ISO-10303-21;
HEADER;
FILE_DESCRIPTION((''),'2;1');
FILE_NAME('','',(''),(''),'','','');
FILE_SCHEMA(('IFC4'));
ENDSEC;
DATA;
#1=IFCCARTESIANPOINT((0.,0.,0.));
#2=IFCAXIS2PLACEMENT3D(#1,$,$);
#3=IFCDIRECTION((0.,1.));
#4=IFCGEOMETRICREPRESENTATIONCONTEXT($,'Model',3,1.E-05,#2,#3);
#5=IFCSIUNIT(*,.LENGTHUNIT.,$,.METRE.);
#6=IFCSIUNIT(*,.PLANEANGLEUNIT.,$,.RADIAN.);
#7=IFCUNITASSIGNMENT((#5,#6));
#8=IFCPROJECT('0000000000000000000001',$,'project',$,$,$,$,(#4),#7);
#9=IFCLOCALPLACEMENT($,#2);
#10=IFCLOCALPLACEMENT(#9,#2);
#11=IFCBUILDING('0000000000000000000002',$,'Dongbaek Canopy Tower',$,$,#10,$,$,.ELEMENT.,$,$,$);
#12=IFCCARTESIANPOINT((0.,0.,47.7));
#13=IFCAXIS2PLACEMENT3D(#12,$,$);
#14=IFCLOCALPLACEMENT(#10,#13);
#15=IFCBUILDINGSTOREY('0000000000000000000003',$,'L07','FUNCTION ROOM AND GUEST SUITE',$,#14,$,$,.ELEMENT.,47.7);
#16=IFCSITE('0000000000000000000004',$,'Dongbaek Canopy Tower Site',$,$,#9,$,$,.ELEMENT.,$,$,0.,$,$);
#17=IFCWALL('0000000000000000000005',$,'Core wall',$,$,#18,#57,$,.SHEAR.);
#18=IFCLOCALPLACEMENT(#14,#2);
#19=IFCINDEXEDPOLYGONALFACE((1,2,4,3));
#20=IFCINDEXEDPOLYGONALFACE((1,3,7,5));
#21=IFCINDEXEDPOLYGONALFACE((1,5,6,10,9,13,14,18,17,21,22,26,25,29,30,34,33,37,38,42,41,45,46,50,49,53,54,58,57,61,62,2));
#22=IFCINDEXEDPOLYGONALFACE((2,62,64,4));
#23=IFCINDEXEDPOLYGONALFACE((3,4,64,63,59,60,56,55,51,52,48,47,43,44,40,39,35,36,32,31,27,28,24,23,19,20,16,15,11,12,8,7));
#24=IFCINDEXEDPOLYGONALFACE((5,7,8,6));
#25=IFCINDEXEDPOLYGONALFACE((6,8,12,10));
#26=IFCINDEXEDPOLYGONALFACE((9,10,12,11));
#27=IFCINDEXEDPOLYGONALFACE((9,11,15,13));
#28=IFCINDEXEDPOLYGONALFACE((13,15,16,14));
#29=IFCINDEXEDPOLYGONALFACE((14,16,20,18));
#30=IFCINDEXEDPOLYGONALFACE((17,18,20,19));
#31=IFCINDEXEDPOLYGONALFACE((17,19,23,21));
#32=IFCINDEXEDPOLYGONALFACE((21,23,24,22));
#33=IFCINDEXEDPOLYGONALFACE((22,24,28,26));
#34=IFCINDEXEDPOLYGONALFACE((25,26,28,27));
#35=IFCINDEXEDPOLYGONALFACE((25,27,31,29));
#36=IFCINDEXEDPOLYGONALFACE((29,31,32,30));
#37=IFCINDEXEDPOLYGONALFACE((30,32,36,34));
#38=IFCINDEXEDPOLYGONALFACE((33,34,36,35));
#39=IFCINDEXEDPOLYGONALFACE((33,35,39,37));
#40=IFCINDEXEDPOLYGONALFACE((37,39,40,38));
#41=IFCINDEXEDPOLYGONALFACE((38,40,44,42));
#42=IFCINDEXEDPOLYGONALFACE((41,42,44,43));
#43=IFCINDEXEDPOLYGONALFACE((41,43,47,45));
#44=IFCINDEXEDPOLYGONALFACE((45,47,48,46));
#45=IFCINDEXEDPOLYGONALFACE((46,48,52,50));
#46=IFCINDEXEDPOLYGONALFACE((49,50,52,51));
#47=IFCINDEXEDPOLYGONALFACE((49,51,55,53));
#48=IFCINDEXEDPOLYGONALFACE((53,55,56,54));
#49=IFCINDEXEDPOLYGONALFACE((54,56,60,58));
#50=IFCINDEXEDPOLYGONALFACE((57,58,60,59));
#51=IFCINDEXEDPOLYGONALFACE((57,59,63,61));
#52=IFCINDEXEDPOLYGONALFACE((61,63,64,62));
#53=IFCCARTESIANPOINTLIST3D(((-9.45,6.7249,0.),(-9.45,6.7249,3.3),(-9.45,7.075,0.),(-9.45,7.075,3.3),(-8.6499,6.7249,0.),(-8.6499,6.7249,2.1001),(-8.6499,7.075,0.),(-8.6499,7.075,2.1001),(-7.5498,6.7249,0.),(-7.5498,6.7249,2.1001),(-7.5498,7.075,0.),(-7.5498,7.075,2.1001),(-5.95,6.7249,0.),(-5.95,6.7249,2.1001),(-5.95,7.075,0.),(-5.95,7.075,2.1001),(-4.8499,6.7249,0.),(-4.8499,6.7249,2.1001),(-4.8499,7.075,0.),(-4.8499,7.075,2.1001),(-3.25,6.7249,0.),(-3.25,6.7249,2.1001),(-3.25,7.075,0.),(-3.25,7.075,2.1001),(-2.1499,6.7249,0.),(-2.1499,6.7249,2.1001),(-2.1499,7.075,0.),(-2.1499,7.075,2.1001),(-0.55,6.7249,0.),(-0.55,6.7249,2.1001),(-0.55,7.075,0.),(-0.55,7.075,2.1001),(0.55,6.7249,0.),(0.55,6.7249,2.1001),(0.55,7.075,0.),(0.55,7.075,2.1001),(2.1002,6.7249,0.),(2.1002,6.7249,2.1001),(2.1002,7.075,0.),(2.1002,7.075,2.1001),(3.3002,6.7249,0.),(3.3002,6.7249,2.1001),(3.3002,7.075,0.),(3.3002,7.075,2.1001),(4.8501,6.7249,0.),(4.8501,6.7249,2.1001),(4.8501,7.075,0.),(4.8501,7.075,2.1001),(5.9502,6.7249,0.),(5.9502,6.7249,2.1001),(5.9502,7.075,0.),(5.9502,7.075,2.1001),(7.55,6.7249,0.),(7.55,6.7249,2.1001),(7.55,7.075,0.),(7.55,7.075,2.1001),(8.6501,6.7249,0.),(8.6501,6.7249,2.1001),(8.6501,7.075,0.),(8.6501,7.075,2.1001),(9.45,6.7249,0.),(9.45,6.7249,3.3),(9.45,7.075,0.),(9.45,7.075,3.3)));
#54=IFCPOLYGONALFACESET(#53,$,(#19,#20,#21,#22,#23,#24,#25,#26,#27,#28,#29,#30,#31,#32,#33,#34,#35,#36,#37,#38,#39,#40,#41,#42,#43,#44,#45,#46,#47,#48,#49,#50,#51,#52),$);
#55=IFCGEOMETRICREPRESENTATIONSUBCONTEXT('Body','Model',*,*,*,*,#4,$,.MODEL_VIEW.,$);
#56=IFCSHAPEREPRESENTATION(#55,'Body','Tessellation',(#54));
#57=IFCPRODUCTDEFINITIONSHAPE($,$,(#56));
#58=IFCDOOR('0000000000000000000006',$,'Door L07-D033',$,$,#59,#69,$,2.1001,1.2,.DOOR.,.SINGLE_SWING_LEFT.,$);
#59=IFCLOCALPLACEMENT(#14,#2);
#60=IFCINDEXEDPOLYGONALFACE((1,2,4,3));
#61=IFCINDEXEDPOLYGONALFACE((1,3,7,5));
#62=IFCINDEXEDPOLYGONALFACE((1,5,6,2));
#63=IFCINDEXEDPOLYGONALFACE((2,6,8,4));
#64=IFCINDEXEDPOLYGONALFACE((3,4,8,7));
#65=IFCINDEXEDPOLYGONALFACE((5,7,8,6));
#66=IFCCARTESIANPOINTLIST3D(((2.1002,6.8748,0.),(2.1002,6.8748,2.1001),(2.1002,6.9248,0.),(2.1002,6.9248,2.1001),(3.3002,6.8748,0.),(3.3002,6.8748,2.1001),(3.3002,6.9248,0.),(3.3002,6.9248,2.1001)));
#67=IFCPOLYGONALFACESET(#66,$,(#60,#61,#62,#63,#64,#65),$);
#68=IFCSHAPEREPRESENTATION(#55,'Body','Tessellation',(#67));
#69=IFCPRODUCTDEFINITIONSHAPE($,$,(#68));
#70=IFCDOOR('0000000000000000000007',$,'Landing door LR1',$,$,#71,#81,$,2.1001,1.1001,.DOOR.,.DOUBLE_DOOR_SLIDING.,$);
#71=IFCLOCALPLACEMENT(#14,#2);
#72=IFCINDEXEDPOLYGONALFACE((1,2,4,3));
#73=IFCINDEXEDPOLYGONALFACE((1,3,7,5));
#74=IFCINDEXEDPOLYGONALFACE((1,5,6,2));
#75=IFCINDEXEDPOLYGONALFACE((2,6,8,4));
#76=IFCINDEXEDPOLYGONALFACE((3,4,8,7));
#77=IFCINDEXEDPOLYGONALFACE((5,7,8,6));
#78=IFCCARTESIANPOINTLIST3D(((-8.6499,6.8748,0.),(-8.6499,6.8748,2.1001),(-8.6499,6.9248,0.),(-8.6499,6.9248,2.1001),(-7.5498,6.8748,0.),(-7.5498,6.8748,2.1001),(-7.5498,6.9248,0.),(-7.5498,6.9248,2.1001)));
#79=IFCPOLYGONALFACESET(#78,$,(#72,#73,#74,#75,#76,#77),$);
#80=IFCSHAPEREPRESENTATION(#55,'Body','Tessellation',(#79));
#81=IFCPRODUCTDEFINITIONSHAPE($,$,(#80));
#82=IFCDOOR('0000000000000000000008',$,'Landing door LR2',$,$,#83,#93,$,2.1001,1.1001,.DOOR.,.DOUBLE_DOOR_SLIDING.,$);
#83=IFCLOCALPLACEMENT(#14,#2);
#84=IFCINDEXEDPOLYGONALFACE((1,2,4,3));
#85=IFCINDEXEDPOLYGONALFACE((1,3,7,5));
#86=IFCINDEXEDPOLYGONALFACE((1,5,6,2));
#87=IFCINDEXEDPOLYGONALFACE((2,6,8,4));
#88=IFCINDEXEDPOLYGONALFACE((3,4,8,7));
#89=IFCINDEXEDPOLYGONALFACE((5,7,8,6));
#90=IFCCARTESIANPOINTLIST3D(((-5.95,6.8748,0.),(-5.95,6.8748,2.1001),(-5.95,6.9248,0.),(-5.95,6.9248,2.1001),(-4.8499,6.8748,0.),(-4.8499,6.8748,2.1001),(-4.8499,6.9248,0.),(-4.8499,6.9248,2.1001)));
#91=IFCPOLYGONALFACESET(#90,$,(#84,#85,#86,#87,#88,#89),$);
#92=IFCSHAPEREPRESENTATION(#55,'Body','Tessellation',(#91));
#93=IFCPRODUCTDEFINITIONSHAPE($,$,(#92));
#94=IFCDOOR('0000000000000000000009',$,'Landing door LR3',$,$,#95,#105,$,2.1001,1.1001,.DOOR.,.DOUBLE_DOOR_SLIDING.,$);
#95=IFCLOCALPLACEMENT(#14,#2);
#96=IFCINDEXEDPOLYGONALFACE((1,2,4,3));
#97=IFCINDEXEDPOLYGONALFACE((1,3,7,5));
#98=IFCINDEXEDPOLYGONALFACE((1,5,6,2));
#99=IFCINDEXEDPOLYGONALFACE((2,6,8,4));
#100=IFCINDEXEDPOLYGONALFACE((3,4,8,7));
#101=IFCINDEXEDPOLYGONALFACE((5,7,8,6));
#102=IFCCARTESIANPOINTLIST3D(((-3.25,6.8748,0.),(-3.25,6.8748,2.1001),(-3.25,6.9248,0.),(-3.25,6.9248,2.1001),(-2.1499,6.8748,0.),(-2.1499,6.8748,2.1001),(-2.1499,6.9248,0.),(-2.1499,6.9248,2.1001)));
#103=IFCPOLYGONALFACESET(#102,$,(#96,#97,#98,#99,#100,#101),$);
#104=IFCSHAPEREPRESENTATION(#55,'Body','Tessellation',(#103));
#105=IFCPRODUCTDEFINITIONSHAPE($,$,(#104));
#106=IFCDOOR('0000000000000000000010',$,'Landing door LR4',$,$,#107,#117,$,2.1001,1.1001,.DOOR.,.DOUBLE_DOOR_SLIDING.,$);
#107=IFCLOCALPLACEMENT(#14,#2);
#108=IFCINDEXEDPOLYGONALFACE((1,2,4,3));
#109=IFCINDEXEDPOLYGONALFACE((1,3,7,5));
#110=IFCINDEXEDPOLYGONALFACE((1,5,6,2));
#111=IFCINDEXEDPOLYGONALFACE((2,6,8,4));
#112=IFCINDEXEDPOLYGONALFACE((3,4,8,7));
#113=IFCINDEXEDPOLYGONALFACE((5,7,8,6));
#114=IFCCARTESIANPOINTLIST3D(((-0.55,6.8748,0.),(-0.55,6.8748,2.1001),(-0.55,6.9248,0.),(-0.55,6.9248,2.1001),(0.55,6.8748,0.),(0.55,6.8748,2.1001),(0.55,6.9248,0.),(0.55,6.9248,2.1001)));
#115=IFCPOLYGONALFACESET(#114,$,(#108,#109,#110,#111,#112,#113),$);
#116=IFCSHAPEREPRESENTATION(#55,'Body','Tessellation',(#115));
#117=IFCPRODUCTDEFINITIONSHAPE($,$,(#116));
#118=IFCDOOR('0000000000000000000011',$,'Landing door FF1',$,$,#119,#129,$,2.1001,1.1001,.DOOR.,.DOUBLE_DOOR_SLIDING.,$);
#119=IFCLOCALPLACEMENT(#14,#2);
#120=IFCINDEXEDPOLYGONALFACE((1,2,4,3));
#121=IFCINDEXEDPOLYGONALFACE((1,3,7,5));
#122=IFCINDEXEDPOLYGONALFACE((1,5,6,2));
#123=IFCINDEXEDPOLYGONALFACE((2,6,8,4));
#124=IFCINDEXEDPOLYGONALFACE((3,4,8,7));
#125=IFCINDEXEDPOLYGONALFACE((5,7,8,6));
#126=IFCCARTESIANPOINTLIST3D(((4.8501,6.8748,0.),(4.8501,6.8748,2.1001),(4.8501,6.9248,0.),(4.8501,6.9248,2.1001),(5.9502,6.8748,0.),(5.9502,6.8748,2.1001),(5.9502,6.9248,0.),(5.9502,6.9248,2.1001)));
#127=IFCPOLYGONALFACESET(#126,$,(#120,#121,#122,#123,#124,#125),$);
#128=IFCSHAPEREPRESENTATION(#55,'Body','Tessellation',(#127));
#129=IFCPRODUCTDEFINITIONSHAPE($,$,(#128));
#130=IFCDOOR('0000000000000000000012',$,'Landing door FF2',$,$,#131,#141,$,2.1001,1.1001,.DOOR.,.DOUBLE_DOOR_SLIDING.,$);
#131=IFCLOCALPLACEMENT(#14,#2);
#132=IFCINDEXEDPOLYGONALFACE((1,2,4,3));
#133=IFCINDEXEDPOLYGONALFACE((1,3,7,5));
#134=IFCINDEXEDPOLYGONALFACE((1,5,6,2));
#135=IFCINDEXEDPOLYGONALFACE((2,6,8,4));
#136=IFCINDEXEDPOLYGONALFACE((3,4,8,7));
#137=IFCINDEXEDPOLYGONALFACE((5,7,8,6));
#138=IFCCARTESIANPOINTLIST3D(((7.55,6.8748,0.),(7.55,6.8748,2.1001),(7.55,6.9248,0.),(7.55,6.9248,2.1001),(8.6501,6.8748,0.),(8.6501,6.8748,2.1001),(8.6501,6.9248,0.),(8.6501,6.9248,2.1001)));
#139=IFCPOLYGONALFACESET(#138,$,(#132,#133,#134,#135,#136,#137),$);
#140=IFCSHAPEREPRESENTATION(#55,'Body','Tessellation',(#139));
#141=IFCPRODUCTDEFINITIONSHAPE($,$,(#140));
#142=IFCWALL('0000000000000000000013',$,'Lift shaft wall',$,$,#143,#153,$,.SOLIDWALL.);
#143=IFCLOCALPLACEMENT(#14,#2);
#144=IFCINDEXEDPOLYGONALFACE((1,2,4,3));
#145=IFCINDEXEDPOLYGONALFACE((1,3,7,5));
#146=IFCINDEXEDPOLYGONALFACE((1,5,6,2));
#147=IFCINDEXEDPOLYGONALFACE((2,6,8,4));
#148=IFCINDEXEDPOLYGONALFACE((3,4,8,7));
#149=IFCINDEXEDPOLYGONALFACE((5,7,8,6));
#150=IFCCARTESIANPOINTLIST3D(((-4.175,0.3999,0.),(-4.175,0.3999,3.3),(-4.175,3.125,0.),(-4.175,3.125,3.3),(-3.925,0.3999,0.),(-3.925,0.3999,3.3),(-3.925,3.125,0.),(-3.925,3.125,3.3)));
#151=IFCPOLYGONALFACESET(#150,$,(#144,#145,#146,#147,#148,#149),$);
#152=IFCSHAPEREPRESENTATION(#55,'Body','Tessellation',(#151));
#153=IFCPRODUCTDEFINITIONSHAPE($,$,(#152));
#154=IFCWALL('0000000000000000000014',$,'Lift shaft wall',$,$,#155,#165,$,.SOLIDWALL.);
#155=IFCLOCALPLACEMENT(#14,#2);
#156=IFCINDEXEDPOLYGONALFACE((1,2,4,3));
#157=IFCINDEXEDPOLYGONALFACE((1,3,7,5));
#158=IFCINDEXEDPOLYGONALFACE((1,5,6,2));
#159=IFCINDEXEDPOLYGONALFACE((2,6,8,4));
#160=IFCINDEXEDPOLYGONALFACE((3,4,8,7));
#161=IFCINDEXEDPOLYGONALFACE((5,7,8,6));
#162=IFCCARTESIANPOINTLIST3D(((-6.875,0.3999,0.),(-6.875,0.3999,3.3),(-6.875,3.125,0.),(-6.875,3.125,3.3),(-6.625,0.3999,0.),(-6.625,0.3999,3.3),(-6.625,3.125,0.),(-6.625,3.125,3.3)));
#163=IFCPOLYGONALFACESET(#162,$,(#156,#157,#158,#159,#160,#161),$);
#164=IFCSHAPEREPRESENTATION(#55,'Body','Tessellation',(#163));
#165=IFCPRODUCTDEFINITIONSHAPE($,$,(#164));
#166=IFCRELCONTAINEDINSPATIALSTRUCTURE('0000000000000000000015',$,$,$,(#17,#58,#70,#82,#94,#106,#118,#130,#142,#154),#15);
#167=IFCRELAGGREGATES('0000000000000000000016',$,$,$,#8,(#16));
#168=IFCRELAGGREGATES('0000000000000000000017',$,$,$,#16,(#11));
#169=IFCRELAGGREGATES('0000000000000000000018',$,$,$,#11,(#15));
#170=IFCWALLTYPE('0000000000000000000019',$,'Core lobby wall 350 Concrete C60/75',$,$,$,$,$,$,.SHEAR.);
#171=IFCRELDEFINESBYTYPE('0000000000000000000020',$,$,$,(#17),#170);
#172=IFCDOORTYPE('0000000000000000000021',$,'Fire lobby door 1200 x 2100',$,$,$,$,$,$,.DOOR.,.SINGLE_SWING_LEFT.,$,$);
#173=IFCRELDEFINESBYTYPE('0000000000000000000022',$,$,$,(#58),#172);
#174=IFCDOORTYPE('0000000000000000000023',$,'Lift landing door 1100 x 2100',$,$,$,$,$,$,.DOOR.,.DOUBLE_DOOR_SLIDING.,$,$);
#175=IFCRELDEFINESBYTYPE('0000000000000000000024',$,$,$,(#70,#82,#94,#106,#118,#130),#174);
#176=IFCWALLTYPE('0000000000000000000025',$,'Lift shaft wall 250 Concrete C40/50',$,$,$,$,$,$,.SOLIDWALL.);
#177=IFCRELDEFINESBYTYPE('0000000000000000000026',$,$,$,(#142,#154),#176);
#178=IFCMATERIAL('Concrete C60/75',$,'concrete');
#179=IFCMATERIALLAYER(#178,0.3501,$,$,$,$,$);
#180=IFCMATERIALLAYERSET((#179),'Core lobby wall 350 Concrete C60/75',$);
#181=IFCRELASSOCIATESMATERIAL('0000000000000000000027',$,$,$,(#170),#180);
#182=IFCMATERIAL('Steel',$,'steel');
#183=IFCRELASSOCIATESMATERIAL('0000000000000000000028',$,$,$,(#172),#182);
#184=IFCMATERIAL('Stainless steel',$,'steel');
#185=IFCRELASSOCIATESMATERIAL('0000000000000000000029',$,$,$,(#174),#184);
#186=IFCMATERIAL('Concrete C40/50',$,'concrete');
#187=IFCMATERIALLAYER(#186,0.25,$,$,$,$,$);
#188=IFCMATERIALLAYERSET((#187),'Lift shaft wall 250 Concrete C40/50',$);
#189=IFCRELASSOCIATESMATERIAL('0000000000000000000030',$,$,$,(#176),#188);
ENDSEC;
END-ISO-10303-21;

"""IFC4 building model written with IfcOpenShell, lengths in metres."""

from ifc_helpers import new_model, si_unit, direction, frame, frame_2d, origin, place, context, subcontext, project, spatial, rectangle, extrude, material, layer, layer_set, type_object, element, fill, save


model = new_model("IFC4")

# Units and contexts
model_context = context("Model", 3, precision=1e-05, world=origin(), true_north=direction((0.0, 1.0)))
body_context = subcontext(model_context, "Body", "Model", "MODEL_VIEW")
ifc_project = project(units=[si_unit("LENGTHUNIT", "METRE"), si_unit("PLANEANGLEUNIT", "RADIAN")], contexts=[model_context])

# Site, building, storey
site_placement = place(None, origin())
site = spatial("IfcSite", under=ifc_project, at=site_placement, Name="Dongbaek Canopy Tower Site", CompositionType="ELEMENT", RefElevation=0.0)
building_placement = place(site_placement, origin())
building = spatial("IfcBuilding", under=site, at=building_placement, Name="Dongbaek Canopy Tower", CompositionType="ELEMENT")
storey_placement = place(building_placement, frame((0.0, 0.0, 47.7)))
storey = spatial("IfcBuildingStorey", under=building, at=storey_placement, Name="L07", Description="FUNCTION ROOM AND GUEST SUITE", CompositionType="ELEMENT", Elevation=47.7)

# Wall, openings, doors
ifc_material_1 = material(Name="Concrete C60/75", Category="concrete")
ifc_layer_1 = layer(ifc_material_1, 0.3501)
ifc_layer_set_1 = layer_set([ifc_layer_1], Name="Core lobby wall 350 Concrete C60/75")
wall_type_1 = type_object("IfcWallType", Name="Core lobby wall 350 Concrete C60/75", PredefinedType="SHEAR", material=ifc_layer_set_1)
wall_1_placement = place(storey_placement, frame((-9.45, 6.8999, 0.0), z_axis=(0.0, 0.0, 1.0), x_axis=(1.0, 0.0, 0.0)))
wall_1 = element("IfcWall", 1, at=wall_1_placement, inside=storey, type_object=wall_type_1, Name="Core wall", PredefinedType="SHEAR", context=body_context, shape_type="SweptSolid", body=[
    extrude(rectangle(XDim=18.8999, YDim=0.3501, at=frame_2d((9.45, 0.0))), origin(), (0.0, 0.0, 1.0), 3.3),
])
opening_1_placement = place(wall_1_placement, frame((0.8, 0.0, 0.0)))
opening_1 = element("IfcOpeningElement", 2, at=opening_1_placement, cuts=wall_1, PredefinedType="OPENING", context=body_context, shape_type="SweptSolid", body=[
    extrude(rectangle(XDim=1.1001, YDim=2.1001, at=frame_2d((0.55, 1.05))), frame((0.0, 0.1851, 0.0), z_axis=(0.0, -1.0, 0.0), x_axis=(1.0, 0.0, 0.0)), (0.0, 0.0, 1.0), 0.3701),
])
opening_2_placement = place(wall_1_placement, frame((3.5, 0.0, 0.0)))
opening_2 = element("IfcOpeningElement", 3, at=opening_2_placement, cuts=wall_1, PredefinedType="OPENING", context=body_context, shape_type="SweptSolid", body=[
    extrude(rectangle(XDim=1.1001, YDim=2.1001, at=frame_2d((0.55, 1.05))), frame((0.0, 0.1851, 0.0), z_axis=(0.0, -1.0, 0.0), x_axis=(1.0, 0.0, 0.0)), (0.0, 0.0, 1.0), 0.3701),
])
opening_3_placement = place(wall_1_placement, frame((6.2, 0.0, 0.0)))
opening_3 = element("IfcOpeningElement", 4, at=opening_3_placement, cuts=wall_1, PredefinedType="OPENING", context=body_context, shape_type="SweptSolid", body=[
    extrude(rectangle(XDim=1.1001, YDim=2.1001, at=frame_2d((0.55, 1.05))), frame((0.0, 0.1851, 0.0), z_axis=(0.0, -1.0, 0.0), x_axis=(1.0, 0.0, 0.0)), (0.0, 0.0, 1.0), 0.3701),
])
opening_4_placement = place(wall_1_placement, frame((8.8999, 0.0, 0.0)))
opening_4 = element("IfcOpeningElement", 5, at=opening_4_placement, cuts=wall_1, PredefinedType="OPENING", context=body_context, shape_type="SweptSolid", body=[
    extrude(rectangle(XDim=1.1001, YDim=2.1001, at=frame_2d((0.55, 1.05))), frame((0.0, 0.1851, 0.0), z_axis=(0.0, -1.0, 0.0), x_axis=(1.0, 0.0, 0.0)), (0.0, 0.0, 1.0), 0.3701),
])
opening_5_placement = place(wall_1_placement, frame((11.55, 0.0, 0.0)))
opening_5 = element("IfcOpeningElement", 6, at=opening_5_placement, cuts=wall_1, PredefinedType="OPENING", context=body_context, shape_type="SweptSolid", body=[
    extrude(rectangle(XDim=1.2, YDim=2.1001, at=frame_2d((0.6001, 1.05))), frame((0.0, 0.1851, 0.0), z_axis=(0.0, -1.0, 0.0), x_axis=(1.0, 0.0, 0.0)), (0.0, 0.0, 1.0), 0.3701),
])
opening_6_placement = place(wall_1_placement, frame((14.3, 0.0, 0.0)))
opening_6 = element("IfcOpeningElement", 7, at=opening_6_placement, cuts=wall_1, PredefinedType="OPENING", context=body_context, shape_type="SweptSolid", body=[
    extrude(rectangle(XDim=1.1001, YDim=2.1001, at=frame_2d((0.55, 1.05))), frame((0.0, 0.1851, 0.0), z_axis=(0.0, -1.0, 0.0), x_axis=(1.0, 0.0, 0.0)), (0.0, 0.0, 1.0), 0.3701),
])
opening_7_placement = place(wall_1_placement, frame((17.0, 0.0, 0.0)))
opening_7 = element("IfcOpeningElement", 8, at=opening_7_placement, cuts=wall_1, PredefinedType="OPENING", context=body_context, shape_type="SweptSolid", body=[
    extrude(rectangle(XDim=1.1001, YDim=2.1001, at=frame_2d((0.55, 1.05))), frame((0.0, 0.1851, 0.0), z_axis=(0.0, -1.0, 0.0), x_axis=(1.0, 0.0, 0.0)), (0.0, 0.0, 1.0), 0.3701),
])
ifc_material_2 = material(Name="Steel", Category="steel")
door_type_1 = type_object("IfcDoorType", Name="Fire lobby door 1200 x 2100", OperationType="SINGLE_SWING_LEFT", PredefinedType="DOOR", material=ifc_material_2)
door_1_placement = place(opening_5_placement, origin())
door_1 = element("IfcDoor", 9, at=door_1_placement, inside=storey, type_object=door_type_1, Name="Door L07-D033", OperationType="SINGLE_SWING_LEFT", OverallHeight=2.1001, OverallWidth=1.2, PredefinedType="DOOR", context=body_context, shape_type="SweptSolid", body=[
    extrude(rectangle(XDim=1.2, YDim=2.1001, at=frame_2d((0.6001, 1.05))), frame((0.0, 0.0249, 0.0), z_axis=(0.0, -1.0, 0.0), x_axis=(1.0, 0.0, 0.0)), (0.0, 0.0, 1.0), 0.05),
])
fill(opening_5, door_1)
ifc_material_3 = material(Name="Stainless steel", Category="steel")
door_type_2 = type_object("IfcDoorType", Name="Lift landing door 1100 x 2100", OperationType="DOUBLE_DOOR_SLIDING", PredefinedType="DOOR", material=ifc_material_3)
door_2_placement = place(opening_1_placement, origin())
door_2 = element("IfcDoor", 10, at=door_2_placement, inside=storey, type_object=door_type_2, Name="Landing door LR1", OperationType="DOUBLE_DOOR_SLIDING", OverallHeight=2.1001, OverallWidth=1.1001, PredefinedType="DOOR", context=body_context, shape_type="SweptSolid", body=[
    extrude(rectangle(XDim=1.1001, YDim=2.1001, at=frame_2d((0.55, 1.05))), frame((0.0, 0.0249, 0.0), z_axis=(0.0, -1.0, 0.0), x_axis=(1.0, 0.0, 0.0)), (0.0, 0.0, 1.0), 0.05),
])
fill(opening_1, door_2)
door_3_placement = place(opening_2_placement, origin())
door_3 = element("IfcDoor", 11, at=door_3_placement, inside=storey, type_object=door_type_2, Name="Landing door LR2", OperationType="DOUBLE_DOOR_SLIDING", OverallHeight=2.1001, OverallWidth=1.1001, PredefinedType="DOOR", context=body_context, shape_type="SweptSolid", body=[
    extrude(rectangle(XDim=1.1001, YDim=2.1001, at=frame_2d((0.55, 1.05))), frame((0.0, 0.0249, 0.0), z_axis=(0.0, -1.0, 0.0), x_axis=(1.0, 0.0, 0.0)), (0.0, 0.0, 1.0), 0.05),
])
fill(opening_2, door_3)
door_4_placement = place(opening_3_placement, origin())
door_4 = element("IfcDoor", 12, at=door_4_placement, inside=storey, type_object=door_type_2, Name="Landing door LR3", OperationType="DOUBLE_DOOR_SLIDING", OverallHeight=2.1001, OverallWidth=1.1001, PredefinedType="DOOR", context=body_context, shape_type="SweptSolid", body=[
    extrude(rectangle(XDim=1.1001, YDim=2.1001, at=frame_2d((0.55, 1.05))), frame((0.0, 0.0249, 0.0), z_axis=(0.0, -1.0, 0.0), x_axis=(1.0, 0.0, 0.0)), (0.0, 0.0, 1.0), 0.05),
])
fill(opening_3, door_4)
door_5_placement = place(opening_4_placement, origin())
door_5 = element("IfcDoor", 13, at=door_5_placement, inside=storey, type_object=door_type_2, Name="Landing door LR4", OperationType="DOUBLE_DOOR_SLIDING", OverallHeight=2.1001, OverallWidth=1.1001, PredefinedType="DOOR", context=body_context, shape_type="SweptSolid", body=[
    extrude(rectangle(XDim=1.1001, YDim=2.1001, at=frame_2d((0.55, 1.05))), frame((0.0, 0.0249, 0.0), z_axis=(0.0, -1.0, 0.0), x_axis=(1.0, 0.0, 0.0)), (0.0, 0.0, 1.0), 0.05),
])
fill(opening_4, door_5)
door_6_placement = place(opening_6_placement, origin())
door_6 = element("IfcDoor", 14, at=door_6_placement, inside=storey, type_object=door_type_2, Name="Landing door FF1", OperationType="DOUBLE_DOOR_SLIDING", OverallHeight=2.1001, OverallWidth=1.1001, PredefinedType="DOOR", context=body_context, shape_type="SweptSolid", body=[
    extrude(rectangle(XDim=1.1001, YDim=2.1001, at=frame_2d((0.55, 1.05))), frame((0.0, 0.0249, 0.0), z_axis=(0.0, -1.0, 0.0), x_axis=(1.0, 0.0, 0.0)), (0.0, 0.0, 1.0), 0.05),
])
fill(opening_6, door_6)
door_7_placement = place(opening_7_placement, origin())
door_7 = element("IfcDoor", 15, at=door_7_placement, inside=storey, type_object=door_type_2, Name="Landing door FF2", OperationType="DOUBLE_DOOR_SLIDING", OverallHeight=2.1001, OverallWidth=1.1001, PredefinedType="DOOR", context=body_context, shape_type="SweptSolid", body=[
    extrude(rectangle(XDim=1.1001, YDim=2.1001, at=frame_2d((0.55, 1.05))), frame((0.0, 0.0249, 0.0), z_axis=(0.0, -1.0, 0.0), x_axis=(1.0, 0.0, 0.0)), (0.0, 0.0, 1.0), 0.05),
])
fill(opening_7, door_7)

# Walls
ifc_material_4 = material(Name="Concrete C40/50", Category="concrete")
ifc_layer_2 = layer(ifc_material_4, 0.25)
ifc_layer_set_2 = layer_set([ifc_layer_2], Name="Lift shaft wall 250 Concrete C40/50")
wall_type_2 = type_object("IfcWallType", Name="Lift shaft wall 250 Concrete C40/50", PredefinedType="SOLIDWALL", material=ifc_layer_set_2)
for number, where, z_axis, x_axis, name in (
    (16, (-4.05, 0.3999, 0.0), (0.0, 0.0, 1.0), (0.0, 1.0, 0.0), "Lift shaft wall"),
    (17, (-6.75, 0.3999, 0.0), (0.0, 0.0, 1.0), (0.0, 1.0, 0.0), "Lift shaft wall"),
):
    element("IfcWall", number, at=place(storey_placement, frame(where, z_axis=z_axis, x_axis=x_axis)), inside=storey, type_object=wall_type_2, Name=name, PredefinedType="SOLIDWALL", context=body_context, shape_type="SweptSolid", body=[
        extrude(rectangle(XDim=2.7251, YDim=0.25, at=frame_2d((1.3625, 0.0))), origin(), (0.0, 0.0, 1.0), 3.3),
    ])

save(model, "model.ifc")
